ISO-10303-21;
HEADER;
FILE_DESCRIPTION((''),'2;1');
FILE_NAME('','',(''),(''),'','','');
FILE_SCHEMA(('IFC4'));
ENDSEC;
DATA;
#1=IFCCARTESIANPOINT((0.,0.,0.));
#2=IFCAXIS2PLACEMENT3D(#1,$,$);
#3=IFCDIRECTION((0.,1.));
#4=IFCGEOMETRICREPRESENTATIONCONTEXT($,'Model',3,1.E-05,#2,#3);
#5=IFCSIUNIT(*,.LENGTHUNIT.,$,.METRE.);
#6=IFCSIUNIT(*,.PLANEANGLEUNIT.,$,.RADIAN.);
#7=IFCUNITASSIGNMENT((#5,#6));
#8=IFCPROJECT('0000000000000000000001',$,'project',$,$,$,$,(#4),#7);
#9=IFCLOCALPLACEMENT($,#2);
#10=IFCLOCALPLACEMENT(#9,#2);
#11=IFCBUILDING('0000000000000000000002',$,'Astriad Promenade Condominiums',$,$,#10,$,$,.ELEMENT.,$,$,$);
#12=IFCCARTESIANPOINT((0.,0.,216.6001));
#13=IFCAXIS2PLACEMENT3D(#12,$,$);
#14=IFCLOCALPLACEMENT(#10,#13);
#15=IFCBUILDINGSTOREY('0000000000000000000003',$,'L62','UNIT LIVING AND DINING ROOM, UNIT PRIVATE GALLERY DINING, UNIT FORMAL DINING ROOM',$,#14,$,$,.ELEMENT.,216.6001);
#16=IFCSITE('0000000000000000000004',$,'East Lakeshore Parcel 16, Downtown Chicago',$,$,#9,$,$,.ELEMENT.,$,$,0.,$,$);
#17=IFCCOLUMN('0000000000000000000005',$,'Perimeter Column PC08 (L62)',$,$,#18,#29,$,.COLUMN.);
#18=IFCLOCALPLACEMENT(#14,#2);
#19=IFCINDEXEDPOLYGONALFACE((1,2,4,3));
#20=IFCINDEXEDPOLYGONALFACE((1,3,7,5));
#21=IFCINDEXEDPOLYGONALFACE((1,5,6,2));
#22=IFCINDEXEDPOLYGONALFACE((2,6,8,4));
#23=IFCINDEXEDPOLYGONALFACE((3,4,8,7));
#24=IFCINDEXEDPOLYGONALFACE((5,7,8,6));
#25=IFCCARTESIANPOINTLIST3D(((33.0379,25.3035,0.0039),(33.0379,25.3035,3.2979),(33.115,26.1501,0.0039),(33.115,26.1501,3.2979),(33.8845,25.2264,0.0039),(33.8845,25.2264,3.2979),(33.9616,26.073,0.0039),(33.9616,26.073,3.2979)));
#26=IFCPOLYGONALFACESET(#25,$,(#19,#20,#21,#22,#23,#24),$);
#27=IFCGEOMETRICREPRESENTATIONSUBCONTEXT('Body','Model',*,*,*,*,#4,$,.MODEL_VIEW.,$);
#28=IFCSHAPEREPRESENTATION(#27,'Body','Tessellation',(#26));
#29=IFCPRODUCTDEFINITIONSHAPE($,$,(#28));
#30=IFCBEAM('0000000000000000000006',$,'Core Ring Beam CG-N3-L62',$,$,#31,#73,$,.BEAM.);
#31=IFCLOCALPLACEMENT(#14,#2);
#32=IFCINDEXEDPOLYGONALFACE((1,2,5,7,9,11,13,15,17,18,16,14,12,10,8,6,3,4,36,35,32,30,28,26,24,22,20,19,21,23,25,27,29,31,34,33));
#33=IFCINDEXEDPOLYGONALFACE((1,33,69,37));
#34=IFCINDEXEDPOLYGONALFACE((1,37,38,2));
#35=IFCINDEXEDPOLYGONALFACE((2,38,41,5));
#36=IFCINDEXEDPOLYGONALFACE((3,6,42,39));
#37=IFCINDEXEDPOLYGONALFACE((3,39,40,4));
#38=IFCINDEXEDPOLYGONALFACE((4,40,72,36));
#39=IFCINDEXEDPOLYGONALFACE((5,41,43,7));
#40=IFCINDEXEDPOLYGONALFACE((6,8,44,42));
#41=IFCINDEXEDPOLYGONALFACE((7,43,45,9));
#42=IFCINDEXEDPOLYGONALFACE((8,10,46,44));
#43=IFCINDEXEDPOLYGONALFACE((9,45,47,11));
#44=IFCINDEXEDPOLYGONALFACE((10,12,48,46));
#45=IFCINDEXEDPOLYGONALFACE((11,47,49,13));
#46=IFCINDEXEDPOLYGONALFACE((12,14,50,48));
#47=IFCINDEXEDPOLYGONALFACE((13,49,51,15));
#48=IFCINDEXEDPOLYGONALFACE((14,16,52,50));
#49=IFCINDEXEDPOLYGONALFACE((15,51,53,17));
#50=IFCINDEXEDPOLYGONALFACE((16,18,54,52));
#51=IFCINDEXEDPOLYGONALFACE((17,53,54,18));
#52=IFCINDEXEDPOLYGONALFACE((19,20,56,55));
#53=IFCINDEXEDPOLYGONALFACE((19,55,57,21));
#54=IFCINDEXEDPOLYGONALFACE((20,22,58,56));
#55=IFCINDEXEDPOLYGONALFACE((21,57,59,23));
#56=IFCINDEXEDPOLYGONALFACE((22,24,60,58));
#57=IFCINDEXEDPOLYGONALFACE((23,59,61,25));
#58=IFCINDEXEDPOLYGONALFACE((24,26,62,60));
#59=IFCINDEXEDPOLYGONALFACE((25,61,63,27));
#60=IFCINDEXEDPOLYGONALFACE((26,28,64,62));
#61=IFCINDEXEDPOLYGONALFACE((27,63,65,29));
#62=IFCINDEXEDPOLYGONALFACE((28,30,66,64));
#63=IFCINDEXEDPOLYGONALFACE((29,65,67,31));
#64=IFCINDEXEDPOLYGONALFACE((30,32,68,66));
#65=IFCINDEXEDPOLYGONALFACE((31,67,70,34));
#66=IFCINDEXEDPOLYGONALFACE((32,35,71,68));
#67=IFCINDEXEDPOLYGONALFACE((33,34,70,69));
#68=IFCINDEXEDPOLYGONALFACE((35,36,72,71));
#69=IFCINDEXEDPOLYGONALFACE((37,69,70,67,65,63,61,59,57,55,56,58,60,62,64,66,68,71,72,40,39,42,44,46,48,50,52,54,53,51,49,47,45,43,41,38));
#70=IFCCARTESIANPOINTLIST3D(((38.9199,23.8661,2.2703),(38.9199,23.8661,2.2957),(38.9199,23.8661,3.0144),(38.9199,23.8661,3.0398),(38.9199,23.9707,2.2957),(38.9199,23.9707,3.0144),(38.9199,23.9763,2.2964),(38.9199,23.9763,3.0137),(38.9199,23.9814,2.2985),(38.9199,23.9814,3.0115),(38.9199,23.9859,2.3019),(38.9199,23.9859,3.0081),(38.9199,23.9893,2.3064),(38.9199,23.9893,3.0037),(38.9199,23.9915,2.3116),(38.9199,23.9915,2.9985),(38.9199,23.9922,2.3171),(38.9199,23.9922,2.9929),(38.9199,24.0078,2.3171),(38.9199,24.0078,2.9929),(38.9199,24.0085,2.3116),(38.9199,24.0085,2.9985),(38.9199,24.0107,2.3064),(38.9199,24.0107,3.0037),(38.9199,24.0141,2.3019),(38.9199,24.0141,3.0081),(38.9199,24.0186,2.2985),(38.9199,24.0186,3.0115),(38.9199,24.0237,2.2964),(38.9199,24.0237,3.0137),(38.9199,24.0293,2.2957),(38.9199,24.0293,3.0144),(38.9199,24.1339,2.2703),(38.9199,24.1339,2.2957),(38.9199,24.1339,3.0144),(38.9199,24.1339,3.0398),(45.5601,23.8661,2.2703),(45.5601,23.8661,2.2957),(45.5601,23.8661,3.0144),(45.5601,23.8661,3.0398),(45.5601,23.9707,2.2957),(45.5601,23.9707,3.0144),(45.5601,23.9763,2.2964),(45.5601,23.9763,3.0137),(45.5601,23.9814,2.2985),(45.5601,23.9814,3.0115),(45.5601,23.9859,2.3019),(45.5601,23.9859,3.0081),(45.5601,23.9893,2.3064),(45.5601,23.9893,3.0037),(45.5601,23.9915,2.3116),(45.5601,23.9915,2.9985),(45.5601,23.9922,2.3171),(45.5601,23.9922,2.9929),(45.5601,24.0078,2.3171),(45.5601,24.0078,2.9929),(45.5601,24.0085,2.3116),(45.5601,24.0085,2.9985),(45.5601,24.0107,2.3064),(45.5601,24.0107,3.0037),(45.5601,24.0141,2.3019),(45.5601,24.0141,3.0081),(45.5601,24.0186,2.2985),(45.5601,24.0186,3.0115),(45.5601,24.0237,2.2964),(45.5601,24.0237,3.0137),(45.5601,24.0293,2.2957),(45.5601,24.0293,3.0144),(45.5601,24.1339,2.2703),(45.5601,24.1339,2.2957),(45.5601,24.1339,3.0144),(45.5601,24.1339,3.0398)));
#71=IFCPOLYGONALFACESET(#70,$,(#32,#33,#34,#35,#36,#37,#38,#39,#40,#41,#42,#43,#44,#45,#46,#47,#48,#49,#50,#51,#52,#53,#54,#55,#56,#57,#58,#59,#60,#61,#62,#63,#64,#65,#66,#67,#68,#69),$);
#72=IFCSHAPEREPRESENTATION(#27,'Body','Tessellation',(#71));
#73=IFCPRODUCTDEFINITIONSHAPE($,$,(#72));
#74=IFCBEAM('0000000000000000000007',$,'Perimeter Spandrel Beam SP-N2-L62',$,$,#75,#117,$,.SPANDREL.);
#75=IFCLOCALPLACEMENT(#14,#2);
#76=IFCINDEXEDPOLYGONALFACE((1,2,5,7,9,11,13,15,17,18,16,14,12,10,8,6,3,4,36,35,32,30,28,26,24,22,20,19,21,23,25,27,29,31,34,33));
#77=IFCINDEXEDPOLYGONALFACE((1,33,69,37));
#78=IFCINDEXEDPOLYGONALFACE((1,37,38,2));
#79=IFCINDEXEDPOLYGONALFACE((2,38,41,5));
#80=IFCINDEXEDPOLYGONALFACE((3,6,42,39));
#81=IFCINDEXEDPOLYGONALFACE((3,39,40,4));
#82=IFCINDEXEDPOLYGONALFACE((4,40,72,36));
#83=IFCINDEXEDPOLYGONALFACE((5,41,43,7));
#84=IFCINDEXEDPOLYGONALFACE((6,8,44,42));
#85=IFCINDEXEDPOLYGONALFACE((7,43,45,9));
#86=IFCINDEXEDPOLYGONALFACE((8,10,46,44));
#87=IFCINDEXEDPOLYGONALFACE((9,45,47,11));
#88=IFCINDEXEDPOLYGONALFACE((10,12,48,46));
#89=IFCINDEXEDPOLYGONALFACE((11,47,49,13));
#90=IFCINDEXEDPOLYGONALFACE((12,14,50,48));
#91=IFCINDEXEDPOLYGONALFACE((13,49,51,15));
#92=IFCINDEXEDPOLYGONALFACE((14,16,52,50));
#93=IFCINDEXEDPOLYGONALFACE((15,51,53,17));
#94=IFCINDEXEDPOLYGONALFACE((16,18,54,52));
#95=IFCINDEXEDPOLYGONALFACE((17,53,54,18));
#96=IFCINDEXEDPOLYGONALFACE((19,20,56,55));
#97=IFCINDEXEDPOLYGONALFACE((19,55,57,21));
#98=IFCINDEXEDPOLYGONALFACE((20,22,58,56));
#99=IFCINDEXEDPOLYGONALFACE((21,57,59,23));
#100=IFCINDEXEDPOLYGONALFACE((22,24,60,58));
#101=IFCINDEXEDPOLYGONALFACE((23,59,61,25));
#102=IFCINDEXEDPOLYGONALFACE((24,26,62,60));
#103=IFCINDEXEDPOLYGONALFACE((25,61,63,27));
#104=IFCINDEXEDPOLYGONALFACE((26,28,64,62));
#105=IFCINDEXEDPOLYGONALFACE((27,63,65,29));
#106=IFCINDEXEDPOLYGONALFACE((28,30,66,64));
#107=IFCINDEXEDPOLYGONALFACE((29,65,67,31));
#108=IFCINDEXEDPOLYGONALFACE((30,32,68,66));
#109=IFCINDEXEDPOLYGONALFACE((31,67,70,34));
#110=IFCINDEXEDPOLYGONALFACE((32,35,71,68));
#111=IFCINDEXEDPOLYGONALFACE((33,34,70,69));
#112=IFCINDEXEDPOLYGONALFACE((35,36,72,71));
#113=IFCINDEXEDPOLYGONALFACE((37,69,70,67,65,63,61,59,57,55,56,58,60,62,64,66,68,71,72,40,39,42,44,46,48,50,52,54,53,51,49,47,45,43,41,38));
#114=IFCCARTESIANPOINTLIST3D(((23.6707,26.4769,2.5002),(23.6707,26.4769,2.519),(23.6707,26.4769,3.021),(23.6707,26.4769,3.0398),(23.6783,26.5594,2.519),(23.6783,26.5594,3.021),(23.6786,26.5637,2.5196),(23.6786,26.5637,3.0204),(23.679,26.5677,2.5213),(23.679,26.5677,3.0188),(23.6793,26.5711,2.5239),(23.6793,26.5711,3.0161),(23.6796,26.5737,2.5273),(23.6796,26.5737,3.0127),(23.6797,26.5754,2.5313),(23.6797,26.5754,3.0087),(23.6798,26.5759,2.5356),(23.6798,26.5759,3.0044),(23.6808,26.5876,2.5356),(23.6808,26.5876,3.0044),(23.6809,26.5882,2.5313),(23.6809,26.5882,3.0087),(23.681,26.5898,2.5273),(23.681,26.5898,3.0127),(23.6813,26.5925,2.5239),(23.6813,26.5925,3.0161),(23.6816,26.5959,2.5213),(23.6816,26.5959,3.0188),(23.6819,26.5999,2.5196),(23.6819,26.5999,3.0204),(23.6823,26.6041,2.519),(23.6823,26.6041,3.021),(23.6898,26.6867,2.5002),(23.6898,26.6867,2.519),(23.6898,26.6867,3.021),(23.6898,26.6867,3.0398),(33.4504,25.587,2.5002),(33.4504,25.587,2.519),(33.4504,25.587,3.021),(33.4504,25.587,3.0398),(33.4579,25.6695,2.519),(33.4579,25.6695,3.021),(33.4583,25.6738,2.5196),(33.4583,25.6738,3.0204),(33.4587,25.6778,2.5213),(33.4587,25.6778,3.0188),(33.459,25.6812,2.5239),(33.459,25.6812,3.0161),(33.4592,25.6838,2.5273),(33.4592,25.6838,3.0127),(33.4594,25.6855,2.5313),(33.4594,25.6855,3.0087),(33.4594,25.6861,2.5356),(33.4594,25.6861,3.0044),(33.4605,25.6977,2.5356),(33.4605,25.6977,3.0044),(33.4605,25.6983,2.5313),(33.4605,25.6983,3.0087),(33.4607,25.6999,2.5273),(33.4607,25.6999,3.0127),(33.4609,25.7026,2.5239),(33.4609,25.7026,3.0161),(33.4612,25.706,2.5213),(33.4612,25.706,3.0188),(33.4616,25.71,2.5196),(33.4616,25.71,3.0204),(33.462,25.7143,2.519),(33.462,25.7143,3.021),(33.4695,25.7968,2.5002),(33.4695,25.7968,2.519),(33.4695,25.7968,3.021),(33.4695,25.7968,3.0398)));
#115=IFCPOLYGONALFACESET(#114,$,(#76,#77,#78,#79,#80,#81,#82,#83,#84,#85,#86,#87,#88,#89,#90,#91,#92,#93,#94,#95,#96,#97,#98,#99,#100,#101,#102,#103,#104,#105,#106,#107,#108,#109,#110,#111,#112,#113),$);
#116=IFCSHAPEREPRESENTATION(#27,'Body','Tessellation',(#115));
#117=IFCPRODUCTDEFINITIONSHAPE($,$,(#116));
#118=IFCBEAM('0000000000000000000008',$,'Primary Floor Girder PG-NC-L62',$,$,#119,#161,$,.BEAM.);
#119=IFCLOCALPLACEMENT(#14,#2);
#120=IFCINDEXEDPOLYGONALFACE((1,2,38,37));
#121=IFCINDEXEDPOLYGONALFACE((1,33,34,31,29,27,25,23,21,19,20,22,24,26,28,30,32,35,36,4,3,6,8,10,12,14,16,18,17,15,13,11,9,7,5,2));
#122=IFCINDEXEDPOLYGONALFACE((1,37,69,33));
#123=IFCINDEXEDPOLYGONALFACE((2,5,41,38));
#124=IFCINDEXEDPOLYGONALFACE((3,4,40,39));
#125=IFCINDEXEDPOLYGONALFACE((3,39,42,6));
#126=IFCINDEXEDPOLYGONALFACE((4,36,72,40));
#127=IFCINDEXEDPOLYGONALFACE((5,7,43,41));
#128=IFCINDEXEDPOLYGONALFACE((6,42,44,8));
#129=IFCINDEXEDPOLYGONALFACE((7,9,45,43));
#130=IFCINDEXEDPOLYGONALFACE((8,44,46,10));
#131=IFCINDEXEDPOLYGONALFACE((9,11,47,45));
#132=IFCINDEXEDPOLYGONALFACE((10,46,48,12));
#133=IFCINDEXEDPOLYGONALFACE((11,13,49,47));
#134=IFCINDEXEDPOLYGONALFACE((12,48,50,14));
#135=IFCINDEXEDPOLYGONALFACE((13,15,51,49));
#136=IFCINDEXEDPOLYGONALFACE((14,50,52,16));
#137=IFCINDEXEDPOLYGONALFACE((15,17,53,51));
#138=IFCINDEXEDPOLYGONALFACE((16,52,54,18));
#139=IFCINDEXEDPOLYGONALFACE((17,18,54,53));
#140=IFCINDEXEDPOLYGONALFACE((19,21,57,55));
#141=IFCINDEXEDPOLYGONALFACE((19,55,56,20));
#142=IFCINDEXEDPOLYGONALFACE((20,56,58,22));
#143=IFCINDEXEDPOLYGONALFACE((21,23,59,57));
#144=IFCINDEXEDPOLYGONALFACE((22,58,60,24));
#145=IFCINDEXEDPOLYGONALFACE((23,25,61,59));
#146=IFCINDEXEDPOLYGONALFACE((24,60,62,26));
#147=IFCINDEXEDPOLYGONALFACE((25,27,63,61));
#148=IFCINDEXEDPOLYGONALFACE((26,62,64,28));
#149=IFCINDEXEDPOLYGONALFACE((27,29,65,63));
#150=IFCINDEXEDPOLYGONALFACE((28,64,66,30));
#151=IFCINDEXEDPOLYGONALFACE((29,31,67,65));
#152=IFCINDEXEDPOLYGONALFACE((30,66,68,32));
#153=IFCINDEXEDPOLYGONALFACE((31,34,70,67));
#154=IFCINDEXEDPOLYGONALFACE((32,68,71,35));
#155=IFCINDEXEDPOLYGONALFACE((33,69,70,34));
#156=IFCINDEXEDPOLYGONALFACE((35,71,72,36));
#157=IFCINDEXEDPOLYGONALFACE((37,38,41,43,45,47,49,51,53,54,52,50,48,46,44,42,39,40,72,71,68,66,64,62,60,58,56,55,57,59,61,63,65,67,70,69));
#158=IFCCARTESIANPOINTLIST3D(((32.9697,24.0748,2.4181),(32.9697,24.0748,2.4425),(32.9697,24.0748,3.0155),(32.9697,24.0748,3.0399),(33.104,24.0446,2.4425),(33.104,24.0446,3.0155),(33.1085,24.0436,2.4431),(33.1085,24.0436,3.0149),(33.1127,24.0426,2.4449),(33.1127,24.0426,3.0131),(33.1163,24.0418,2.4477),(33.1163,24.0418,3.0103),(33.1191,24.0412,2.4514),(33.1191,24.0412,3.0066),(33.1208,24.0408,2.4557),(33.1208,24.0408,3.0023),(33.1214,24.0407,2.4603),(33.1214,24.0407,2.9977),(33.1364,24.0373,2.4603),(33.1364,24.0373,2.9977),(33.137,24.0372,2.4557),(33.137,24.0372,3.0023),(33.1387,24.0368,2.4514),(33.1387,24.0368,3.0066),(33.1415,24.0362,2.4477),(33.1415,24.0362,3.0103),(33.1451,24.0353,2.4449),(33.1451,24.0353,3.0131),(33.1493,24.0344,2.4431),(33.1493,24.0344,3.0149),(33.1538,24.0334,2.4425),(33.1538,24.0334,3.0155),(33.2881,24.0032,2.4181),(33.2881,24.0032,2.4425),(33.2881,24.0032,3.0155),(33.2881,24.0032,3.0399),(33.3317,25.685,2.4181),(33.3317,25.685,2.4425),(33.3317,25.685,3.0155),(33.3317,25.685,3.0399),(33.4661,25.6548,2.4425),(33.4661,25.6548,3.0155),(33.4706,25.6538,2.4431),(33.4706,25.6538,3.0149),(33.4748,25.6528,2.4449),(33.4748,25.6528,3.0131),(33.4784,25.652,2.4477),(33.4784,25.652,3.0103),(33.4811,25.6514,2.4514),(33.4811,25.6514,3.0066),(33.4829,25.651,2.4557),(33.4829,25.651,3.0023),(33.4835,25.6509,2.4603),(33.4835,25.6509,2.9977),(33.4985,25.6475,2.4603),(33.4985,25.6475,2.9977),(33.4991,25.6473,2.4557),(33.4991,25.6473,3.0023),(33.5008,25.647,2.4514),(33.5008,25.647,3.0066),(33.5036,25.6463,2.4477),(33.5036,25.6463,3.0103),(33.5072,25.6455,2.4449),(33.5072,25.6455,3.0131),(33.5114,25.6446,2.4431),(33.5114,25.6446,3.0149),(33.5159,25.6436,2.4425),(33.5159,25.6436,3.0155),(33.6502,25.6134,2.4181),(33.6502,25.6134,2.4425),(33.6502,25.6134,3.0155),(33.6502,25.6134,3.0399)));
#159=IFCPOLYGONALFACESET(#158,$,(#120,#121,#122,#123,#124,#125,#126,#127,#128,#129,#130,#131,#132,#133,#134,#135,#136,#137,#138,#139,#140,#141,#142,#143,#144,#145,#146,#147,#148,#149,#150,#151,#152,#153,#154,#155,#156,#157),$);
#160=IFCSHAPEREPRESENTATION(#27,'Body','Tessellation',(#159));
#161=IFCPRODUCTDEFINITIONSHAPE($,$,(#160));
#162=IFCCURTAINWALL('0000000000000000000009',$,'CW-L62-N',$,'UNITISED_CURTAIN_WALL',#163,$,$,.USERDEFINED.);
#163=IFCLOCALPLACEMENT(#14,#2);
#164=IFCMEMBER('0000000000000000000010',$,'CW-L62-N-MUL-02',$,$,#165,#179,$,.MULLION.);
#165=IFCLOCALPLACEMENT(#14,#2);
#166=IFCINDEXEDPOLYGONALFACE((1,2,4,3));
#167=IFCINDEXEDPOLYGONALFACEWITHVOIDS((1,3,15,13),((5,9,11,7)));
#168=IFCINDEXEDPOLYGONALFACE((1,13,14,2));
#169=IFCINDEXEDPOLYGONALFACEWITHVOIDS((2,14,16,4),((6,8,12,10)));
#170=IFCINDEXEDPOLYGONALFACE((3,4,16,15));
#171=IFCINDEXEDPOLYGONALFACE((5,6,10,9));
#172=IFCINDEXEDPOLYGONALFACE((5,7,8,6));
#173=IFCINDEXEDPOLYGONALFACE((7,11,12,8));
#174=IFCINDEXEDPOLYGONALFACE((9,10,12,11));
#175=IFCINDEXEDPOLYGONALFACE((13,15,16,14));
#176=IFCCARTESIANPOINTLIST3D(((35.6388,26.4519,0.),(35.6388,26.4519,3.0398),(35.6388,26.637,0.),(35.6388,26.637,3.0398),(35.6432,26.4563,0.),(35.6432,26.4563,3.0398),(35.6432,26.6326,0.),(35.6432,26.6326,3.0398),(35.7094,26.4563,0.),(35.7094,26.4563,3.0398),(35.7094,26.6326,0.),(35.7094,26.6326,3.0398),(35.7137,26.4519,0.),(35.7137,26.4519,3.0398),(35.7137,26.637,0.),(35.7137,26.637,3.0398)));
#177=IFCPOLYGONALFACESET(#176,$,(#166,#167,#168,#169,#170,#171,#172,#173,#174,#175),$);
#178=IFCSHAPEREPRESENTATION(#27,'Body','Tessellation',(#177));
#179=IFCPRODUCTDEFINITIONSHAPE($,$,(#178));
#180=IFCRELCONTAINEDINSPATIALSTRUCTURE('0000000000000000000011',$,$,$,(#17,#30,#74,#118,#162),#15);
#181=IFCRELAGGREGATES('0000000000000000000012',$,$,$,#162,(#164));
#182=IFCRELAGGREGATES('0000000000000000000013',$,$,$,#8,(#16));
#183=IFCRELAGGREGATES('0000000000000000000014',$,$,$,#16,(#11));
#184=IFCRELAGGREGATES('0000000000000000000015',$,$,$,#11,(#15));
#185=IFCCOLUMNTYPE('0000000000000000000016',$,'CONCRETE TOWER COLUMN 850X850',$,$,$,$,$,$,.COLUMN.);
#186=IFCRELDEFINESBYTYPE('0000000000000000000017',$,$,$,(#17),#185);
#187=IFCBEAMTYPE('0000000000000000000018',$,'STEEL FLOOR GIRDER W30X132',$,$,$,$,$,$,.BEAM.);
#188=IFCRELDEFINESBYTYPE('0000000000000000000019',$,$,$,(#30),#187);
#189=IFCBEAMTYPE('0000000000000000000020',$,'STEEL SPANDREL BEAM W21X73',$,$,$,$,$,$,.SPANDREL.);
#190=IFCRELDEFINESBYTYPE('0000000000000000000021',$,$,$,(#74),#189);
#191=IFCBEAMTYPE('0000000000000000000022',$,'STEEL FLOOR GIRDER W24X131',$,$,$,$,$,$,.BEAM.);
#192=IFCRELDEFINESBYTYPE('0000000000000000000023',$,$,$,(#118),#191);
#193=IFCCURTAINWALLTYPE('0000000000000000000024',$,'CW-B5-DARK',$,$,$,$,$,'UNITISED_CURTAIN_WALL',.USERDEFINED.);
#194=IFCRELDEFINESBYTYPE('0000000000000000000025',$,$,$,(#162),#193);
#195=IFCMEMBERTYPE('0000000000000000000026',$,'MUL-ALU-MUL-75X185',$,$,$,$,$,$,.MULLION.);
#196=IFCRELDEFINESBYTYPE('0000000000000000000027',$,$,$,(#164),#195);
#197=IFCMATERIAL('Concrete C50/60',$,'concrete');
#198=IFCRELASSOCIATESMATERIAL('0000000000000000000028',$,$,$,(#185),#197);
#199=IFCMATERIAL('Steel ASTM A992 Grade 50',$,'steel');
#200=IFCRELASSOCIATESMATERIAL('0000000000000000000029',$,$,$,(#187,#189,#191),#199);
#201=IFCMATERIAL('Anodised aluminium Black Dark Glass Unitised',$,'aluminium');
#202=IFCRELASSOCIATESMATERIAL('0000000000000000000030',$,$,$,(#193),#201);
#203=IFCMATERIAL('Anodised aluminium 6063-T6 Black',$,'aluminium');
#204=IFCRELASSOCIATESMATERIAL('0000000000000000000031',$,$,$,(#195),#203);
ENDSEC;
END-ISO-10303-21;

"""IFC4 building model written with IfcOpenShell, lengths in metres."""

from ifc_helpers import new_model, si_unit, direction, frame, origin, origin_2d, place, context, subcontext, project, spatial, rectangle, hollow_rectangle, i_section, extrude, source, transform, mapped, material, material_profile, profile_set, type_object, type_shapes, element, aggregate, save


model = new_model("IFC4")

# Units and contexts
model_context = context("Model", 3, precision=1e-05, world=origin(), true_north=direction((0.0, 1.0)))
body_context = subcontext(model_context, "Body", "Model", "MODEL_VIEW")
ifc_project = project(units=[si_unit("LENGTHUNIT", "METRE"), si_unit("PLANEANGLEUNIT", "RADIAN")], contexts=[model_context])

# Site, building, storey
site_placement = place(None, origin())
site = spatial("IfcSite", under=ifc_project, at=site_placement, Name="East Lakeshore Parcel 16, Downtown Chicago", CompositionType="ELEMENT", RefElevation=0.0)
building_placement = place(site_placement, origin())
building = spatial("IfcBuilding", under=site, at=building_placement, Name="Astriad Promenade Condominiums", CompositionType="ELEMENT")
storey_placement = place(building_placement, frame((0.0, 0.0, 216.6001)))
storey = spatial("IfcBuildingStorey", under=building, at=storey_placement, Name="L62", Description="UNIT LIVING AND DINING ROOM, UNIT PRIVATE GALLERY DINING, UNIT FORMAL DINING ROOM", CompositionType="ELEMENT", Elevation=216.6001)

# Column
ifc_material_1 = material(Name="Concrete C50/60", Category="concrete")
ifc_material_profile_1 = material_profile(ifc_material_1, rectangle(XDim=0.8501, YDim=0.8501, at=origin_2d()), Name="RC-COL-850X850")
ifc_profile_set_1 = profile_set([ifc_material_profile_1], Name="Concrete C50/60")
column_type = type_object("IfcColumnType", Name="CONCRETE TOWER COLUMN 850X850", PredefinedType="COLUMN", material=ifc_profile_set_1)
shared_shape_1 = source(origin(), body_context, "Body", "SweptSolid", [
    extrude(rectangle(XDim=0.8501, YDim=0.8501, at=origin_2d()), origin(), (0.0, 0.0, 1.0), 3.2939),
])
type_shapes(column_type, [shared_shape_1])
column_placement = place(storey_placement, frame((33.4998, 25.6882, 0.0039), z_axis=(0.0, 0.0, 1.0), x_axis=(0.995884, -0.090633, 0.0)))
element("IfcColumn", 1, at=column_placement, inside=storey, type_object=column_type, Name="Perimeter Column PC08 (L62)", PredefinedType="COLUMN", context=body_context, shape_type="MappedRepresentation", body=[
    mapped(shared_shape_1, transform((0.0, 0.0, 0.0), scale=1.0)),
])

# Beams
ifc_material_2 = material(Name="Steel ASTM A992 Grade 50", Category="steel")
ifc_material_profile_2 = material_profile(ifc_material_2, i_section(OverallWidth=0.2678, OverallDepth=0.7695, WebThickness=0.0156, FlangeThickness=0.0254, FilletRadius=0.0215, at=origin_2d()), Name="W30X132")
ifc_profile_set_2 = profile_set([ifc_material_profile_2], Name="Steel ASTM A992 Grade 50")
beam_type_1 = type_object("IfcBeamType", Name="STEEL FLOOR GIRDER W30X132", PredefinedType="BEAM", material=ifc_profile_set_2)
shared_shape_2 = source(origin(), body_context, "Body", "SweptSolid", [
    extrude(i_section(OverallWidth=0.2678, OverallDepth=0.7695, WebThickness=0.0156, FlangeThickness=0.0254, FilletRadius=0.0215, at=origin_2d()), origin(), (0.0, 0.0, 1.0), 6.6401),
])
type_shapes(beam_type_1, [shared_shape_2])
beam_1_placement = place(storey_placement, frame((38.9199, 24.0, 2.655), z_axis=(1.0, 0.0, 0.0), x_axis=(0.0, 1.0, 0.0)))
element("IfcBeam", 2, at=beam_1_placement, inside=storey, type_object=beam_type_1, Name="Core Ring Beam CG-N3-L62", PredefinedType="BEAM", context=body_context, shape_type="MappedRepresentation", body=[
    mapped(shared_shape_2, transform((0.0, 0.0, 0.0), scale=1.0)),
])
ifc_material_profile_3 = material_profile(ifc_material_2, i_section(OverallWidth=0.2107, OverallDepth=0.5396, WebThickness=0.0117, FlangeThickness=0.0188, FilletRadius=0.0166, at=origin_2d()), Name="W21X73")
ifc_profile_set_3 = profile_set([ifc_material_profile_3], Name="Steel ASTM A992 Grade 50")
beam_type_2 = type_object("IfcBeamType", Name="STEEL SPANDREL BEAM W21X73", PredefinedType="SPANDREL", material=ifc_profile_set_3)
shared_shape_3 = source(origin(), body_context, "Body", "SweptSolid", [
    extrude(i_section(OverallWidth=0.2107, OverallDepth=0.5396, WebThickness=0.0117, FlangeThickness=0.0188, FilletRadius=0.0166, at=origin_2d()), origin(), (0.0, 0.0, 1.0), 9.8201),
])
type_shapes(beam_type_2, [shared_shape_3])
beam_2_placement = place(storey_placement, frame((33.46, 25.6919, 2.77), z_axis=(-0.995886, 0.090619, 0.0), x_axis=(-0.090619, -0.995886, 0.0)))
element("IfcBeam", 3, at=beam_2_placement, inside=storey, type_object=beam_type_2, Name="Perimeter Spandrel Beam SP-N2-L62", PredefinedType="SPANDREL", context=body_context, shape_type="MappedRepresentation", body=[
    mapped(shared_shape_3, transform((0.0, 0.0, 0.0), scale=1.0)),
])
ifc_material_profile_4 = material_profile(ifc_material_2, i_section(OverallWidth=0.3264, OverallDepth=0.6218, WebThickness=0.0154, FlangeThickness=0.0244, FilletRadius=0.0178, at=origin_2d()), Name="W24X131")
ifc_profile_set_4 = profile_set([ifc_material_profile_4], Name="Steel ASTM A992 Grade 50")
beam_type_3 = type_object("IfcBeamType", Name="STEEL FLOOR GIRDER W24X131", PredefinedType="BEAM", material=ifc_profile_set_4)
shared_shape_4 = source(origin(), body_context, "Body", "SweptSolid", [
    extrude(i_section(OverallWidth=0.3264, OverallDepth=0.6218, WebThickness=0.0154, FlangeThickness=0.0244, FilletRadius=0.0178, at=origin_2d()), origin(), (0.0, 0.0, 1.0), 1.6504),
])
type_shapes(beam_type_3, [shared_shape_4])
beam_3_placement = place(storey_placement, frame((33.491, 25.6492, 2.729), z_axis=(-0.219389, -0.975637, 0.0), x_axis=(0.975637, -0.219389, 0.0)))
element("IfcBeam", 4, at=beam_3_placement, inside=storey, type_object=beam_type_3, Name="Primary Floor Girder PG-NC-L62", PredefinedType="BEAM", context=body_context, shape_type="MappedRepresentation", body=[
    mapped(shared_shape_4, transform((0.0, 0.0, 0.0), scale=1.0)),
])

# Curtain wall, member
ifc_material_3 = material(Name="Anodised aluminium Black Dark Glass Unitised", Category="aluminium")
curtain_wall_type = type_object("IfcCurtainWallType", Name="CW-B5-DARK", ElementType="UNITISED_CURTAIN_WALL", PredefinedType="USERDEFINED", material=ifc_material_3)
curtain_wall_placement = place(storey_placement, origin())
curtain_wall = element("IfcCurtainWall", 5, at=curtain_wall_placement, inside=storey, type_object=curtain_wall_type, Name="CW-L62-N", ObjectType="UNITISED_CURTAIN_WALL", PredefinedType="USERDEFINED")
ifc_material_4 = material(Name="Anodised aluminium 6063-T6 Black", Category="aluminium")
ifc_material_profile_5 = material_profile(ifc_material_4, hollow_rectangle(XDim=0.075, YDim=0.1851, WallThickness=0.0044, at=origin_2d()), Name="ALU-MUL-75X185")
ifc_profile_set_5 = profile_set([ifc_material_profile_5], Name="Anodised aluminium 6063-T6 Black")
member_type_1 = type_object("IfcMemberType", Name="MUL-ALU-MUL-75X185", PredefinedType="MULLION", material=ifc_profile_set_5)
shared_shape_5 = source(origin(), body_context, "Body", "SweptSolid", [
    extrude(hollow_rectangle(XDim=0.075, YDim=0.1851, WallThickness=0.0044, at=origin_2d()), origin(), (0.0, 0.0, 1.0), 3.0398),
])
type_shapes(member_type_1, [shared_shape_5])
member_1_placement = place(storey_placement, frame((35.6763, 26.5444, 0.0), z_axis=(0.0, 0.0, 1.0), x_axis=(1.0, 0.0, 0.0)))
member_1 = element("IfcMember", 6, at=member_1_placement, type_object=member_type_1, Name="CW-L62-N-MUL-02", PredefinedType="MULLION", context=body_context, shape_type="MappedRepresentation", body=[
    mapped(shared_shape_5, transform((0.0, 0.0, 0.0), scale=1.0)),
])
aggregate(curtain_wall, [member_1])

save(model, "model.ifc")
